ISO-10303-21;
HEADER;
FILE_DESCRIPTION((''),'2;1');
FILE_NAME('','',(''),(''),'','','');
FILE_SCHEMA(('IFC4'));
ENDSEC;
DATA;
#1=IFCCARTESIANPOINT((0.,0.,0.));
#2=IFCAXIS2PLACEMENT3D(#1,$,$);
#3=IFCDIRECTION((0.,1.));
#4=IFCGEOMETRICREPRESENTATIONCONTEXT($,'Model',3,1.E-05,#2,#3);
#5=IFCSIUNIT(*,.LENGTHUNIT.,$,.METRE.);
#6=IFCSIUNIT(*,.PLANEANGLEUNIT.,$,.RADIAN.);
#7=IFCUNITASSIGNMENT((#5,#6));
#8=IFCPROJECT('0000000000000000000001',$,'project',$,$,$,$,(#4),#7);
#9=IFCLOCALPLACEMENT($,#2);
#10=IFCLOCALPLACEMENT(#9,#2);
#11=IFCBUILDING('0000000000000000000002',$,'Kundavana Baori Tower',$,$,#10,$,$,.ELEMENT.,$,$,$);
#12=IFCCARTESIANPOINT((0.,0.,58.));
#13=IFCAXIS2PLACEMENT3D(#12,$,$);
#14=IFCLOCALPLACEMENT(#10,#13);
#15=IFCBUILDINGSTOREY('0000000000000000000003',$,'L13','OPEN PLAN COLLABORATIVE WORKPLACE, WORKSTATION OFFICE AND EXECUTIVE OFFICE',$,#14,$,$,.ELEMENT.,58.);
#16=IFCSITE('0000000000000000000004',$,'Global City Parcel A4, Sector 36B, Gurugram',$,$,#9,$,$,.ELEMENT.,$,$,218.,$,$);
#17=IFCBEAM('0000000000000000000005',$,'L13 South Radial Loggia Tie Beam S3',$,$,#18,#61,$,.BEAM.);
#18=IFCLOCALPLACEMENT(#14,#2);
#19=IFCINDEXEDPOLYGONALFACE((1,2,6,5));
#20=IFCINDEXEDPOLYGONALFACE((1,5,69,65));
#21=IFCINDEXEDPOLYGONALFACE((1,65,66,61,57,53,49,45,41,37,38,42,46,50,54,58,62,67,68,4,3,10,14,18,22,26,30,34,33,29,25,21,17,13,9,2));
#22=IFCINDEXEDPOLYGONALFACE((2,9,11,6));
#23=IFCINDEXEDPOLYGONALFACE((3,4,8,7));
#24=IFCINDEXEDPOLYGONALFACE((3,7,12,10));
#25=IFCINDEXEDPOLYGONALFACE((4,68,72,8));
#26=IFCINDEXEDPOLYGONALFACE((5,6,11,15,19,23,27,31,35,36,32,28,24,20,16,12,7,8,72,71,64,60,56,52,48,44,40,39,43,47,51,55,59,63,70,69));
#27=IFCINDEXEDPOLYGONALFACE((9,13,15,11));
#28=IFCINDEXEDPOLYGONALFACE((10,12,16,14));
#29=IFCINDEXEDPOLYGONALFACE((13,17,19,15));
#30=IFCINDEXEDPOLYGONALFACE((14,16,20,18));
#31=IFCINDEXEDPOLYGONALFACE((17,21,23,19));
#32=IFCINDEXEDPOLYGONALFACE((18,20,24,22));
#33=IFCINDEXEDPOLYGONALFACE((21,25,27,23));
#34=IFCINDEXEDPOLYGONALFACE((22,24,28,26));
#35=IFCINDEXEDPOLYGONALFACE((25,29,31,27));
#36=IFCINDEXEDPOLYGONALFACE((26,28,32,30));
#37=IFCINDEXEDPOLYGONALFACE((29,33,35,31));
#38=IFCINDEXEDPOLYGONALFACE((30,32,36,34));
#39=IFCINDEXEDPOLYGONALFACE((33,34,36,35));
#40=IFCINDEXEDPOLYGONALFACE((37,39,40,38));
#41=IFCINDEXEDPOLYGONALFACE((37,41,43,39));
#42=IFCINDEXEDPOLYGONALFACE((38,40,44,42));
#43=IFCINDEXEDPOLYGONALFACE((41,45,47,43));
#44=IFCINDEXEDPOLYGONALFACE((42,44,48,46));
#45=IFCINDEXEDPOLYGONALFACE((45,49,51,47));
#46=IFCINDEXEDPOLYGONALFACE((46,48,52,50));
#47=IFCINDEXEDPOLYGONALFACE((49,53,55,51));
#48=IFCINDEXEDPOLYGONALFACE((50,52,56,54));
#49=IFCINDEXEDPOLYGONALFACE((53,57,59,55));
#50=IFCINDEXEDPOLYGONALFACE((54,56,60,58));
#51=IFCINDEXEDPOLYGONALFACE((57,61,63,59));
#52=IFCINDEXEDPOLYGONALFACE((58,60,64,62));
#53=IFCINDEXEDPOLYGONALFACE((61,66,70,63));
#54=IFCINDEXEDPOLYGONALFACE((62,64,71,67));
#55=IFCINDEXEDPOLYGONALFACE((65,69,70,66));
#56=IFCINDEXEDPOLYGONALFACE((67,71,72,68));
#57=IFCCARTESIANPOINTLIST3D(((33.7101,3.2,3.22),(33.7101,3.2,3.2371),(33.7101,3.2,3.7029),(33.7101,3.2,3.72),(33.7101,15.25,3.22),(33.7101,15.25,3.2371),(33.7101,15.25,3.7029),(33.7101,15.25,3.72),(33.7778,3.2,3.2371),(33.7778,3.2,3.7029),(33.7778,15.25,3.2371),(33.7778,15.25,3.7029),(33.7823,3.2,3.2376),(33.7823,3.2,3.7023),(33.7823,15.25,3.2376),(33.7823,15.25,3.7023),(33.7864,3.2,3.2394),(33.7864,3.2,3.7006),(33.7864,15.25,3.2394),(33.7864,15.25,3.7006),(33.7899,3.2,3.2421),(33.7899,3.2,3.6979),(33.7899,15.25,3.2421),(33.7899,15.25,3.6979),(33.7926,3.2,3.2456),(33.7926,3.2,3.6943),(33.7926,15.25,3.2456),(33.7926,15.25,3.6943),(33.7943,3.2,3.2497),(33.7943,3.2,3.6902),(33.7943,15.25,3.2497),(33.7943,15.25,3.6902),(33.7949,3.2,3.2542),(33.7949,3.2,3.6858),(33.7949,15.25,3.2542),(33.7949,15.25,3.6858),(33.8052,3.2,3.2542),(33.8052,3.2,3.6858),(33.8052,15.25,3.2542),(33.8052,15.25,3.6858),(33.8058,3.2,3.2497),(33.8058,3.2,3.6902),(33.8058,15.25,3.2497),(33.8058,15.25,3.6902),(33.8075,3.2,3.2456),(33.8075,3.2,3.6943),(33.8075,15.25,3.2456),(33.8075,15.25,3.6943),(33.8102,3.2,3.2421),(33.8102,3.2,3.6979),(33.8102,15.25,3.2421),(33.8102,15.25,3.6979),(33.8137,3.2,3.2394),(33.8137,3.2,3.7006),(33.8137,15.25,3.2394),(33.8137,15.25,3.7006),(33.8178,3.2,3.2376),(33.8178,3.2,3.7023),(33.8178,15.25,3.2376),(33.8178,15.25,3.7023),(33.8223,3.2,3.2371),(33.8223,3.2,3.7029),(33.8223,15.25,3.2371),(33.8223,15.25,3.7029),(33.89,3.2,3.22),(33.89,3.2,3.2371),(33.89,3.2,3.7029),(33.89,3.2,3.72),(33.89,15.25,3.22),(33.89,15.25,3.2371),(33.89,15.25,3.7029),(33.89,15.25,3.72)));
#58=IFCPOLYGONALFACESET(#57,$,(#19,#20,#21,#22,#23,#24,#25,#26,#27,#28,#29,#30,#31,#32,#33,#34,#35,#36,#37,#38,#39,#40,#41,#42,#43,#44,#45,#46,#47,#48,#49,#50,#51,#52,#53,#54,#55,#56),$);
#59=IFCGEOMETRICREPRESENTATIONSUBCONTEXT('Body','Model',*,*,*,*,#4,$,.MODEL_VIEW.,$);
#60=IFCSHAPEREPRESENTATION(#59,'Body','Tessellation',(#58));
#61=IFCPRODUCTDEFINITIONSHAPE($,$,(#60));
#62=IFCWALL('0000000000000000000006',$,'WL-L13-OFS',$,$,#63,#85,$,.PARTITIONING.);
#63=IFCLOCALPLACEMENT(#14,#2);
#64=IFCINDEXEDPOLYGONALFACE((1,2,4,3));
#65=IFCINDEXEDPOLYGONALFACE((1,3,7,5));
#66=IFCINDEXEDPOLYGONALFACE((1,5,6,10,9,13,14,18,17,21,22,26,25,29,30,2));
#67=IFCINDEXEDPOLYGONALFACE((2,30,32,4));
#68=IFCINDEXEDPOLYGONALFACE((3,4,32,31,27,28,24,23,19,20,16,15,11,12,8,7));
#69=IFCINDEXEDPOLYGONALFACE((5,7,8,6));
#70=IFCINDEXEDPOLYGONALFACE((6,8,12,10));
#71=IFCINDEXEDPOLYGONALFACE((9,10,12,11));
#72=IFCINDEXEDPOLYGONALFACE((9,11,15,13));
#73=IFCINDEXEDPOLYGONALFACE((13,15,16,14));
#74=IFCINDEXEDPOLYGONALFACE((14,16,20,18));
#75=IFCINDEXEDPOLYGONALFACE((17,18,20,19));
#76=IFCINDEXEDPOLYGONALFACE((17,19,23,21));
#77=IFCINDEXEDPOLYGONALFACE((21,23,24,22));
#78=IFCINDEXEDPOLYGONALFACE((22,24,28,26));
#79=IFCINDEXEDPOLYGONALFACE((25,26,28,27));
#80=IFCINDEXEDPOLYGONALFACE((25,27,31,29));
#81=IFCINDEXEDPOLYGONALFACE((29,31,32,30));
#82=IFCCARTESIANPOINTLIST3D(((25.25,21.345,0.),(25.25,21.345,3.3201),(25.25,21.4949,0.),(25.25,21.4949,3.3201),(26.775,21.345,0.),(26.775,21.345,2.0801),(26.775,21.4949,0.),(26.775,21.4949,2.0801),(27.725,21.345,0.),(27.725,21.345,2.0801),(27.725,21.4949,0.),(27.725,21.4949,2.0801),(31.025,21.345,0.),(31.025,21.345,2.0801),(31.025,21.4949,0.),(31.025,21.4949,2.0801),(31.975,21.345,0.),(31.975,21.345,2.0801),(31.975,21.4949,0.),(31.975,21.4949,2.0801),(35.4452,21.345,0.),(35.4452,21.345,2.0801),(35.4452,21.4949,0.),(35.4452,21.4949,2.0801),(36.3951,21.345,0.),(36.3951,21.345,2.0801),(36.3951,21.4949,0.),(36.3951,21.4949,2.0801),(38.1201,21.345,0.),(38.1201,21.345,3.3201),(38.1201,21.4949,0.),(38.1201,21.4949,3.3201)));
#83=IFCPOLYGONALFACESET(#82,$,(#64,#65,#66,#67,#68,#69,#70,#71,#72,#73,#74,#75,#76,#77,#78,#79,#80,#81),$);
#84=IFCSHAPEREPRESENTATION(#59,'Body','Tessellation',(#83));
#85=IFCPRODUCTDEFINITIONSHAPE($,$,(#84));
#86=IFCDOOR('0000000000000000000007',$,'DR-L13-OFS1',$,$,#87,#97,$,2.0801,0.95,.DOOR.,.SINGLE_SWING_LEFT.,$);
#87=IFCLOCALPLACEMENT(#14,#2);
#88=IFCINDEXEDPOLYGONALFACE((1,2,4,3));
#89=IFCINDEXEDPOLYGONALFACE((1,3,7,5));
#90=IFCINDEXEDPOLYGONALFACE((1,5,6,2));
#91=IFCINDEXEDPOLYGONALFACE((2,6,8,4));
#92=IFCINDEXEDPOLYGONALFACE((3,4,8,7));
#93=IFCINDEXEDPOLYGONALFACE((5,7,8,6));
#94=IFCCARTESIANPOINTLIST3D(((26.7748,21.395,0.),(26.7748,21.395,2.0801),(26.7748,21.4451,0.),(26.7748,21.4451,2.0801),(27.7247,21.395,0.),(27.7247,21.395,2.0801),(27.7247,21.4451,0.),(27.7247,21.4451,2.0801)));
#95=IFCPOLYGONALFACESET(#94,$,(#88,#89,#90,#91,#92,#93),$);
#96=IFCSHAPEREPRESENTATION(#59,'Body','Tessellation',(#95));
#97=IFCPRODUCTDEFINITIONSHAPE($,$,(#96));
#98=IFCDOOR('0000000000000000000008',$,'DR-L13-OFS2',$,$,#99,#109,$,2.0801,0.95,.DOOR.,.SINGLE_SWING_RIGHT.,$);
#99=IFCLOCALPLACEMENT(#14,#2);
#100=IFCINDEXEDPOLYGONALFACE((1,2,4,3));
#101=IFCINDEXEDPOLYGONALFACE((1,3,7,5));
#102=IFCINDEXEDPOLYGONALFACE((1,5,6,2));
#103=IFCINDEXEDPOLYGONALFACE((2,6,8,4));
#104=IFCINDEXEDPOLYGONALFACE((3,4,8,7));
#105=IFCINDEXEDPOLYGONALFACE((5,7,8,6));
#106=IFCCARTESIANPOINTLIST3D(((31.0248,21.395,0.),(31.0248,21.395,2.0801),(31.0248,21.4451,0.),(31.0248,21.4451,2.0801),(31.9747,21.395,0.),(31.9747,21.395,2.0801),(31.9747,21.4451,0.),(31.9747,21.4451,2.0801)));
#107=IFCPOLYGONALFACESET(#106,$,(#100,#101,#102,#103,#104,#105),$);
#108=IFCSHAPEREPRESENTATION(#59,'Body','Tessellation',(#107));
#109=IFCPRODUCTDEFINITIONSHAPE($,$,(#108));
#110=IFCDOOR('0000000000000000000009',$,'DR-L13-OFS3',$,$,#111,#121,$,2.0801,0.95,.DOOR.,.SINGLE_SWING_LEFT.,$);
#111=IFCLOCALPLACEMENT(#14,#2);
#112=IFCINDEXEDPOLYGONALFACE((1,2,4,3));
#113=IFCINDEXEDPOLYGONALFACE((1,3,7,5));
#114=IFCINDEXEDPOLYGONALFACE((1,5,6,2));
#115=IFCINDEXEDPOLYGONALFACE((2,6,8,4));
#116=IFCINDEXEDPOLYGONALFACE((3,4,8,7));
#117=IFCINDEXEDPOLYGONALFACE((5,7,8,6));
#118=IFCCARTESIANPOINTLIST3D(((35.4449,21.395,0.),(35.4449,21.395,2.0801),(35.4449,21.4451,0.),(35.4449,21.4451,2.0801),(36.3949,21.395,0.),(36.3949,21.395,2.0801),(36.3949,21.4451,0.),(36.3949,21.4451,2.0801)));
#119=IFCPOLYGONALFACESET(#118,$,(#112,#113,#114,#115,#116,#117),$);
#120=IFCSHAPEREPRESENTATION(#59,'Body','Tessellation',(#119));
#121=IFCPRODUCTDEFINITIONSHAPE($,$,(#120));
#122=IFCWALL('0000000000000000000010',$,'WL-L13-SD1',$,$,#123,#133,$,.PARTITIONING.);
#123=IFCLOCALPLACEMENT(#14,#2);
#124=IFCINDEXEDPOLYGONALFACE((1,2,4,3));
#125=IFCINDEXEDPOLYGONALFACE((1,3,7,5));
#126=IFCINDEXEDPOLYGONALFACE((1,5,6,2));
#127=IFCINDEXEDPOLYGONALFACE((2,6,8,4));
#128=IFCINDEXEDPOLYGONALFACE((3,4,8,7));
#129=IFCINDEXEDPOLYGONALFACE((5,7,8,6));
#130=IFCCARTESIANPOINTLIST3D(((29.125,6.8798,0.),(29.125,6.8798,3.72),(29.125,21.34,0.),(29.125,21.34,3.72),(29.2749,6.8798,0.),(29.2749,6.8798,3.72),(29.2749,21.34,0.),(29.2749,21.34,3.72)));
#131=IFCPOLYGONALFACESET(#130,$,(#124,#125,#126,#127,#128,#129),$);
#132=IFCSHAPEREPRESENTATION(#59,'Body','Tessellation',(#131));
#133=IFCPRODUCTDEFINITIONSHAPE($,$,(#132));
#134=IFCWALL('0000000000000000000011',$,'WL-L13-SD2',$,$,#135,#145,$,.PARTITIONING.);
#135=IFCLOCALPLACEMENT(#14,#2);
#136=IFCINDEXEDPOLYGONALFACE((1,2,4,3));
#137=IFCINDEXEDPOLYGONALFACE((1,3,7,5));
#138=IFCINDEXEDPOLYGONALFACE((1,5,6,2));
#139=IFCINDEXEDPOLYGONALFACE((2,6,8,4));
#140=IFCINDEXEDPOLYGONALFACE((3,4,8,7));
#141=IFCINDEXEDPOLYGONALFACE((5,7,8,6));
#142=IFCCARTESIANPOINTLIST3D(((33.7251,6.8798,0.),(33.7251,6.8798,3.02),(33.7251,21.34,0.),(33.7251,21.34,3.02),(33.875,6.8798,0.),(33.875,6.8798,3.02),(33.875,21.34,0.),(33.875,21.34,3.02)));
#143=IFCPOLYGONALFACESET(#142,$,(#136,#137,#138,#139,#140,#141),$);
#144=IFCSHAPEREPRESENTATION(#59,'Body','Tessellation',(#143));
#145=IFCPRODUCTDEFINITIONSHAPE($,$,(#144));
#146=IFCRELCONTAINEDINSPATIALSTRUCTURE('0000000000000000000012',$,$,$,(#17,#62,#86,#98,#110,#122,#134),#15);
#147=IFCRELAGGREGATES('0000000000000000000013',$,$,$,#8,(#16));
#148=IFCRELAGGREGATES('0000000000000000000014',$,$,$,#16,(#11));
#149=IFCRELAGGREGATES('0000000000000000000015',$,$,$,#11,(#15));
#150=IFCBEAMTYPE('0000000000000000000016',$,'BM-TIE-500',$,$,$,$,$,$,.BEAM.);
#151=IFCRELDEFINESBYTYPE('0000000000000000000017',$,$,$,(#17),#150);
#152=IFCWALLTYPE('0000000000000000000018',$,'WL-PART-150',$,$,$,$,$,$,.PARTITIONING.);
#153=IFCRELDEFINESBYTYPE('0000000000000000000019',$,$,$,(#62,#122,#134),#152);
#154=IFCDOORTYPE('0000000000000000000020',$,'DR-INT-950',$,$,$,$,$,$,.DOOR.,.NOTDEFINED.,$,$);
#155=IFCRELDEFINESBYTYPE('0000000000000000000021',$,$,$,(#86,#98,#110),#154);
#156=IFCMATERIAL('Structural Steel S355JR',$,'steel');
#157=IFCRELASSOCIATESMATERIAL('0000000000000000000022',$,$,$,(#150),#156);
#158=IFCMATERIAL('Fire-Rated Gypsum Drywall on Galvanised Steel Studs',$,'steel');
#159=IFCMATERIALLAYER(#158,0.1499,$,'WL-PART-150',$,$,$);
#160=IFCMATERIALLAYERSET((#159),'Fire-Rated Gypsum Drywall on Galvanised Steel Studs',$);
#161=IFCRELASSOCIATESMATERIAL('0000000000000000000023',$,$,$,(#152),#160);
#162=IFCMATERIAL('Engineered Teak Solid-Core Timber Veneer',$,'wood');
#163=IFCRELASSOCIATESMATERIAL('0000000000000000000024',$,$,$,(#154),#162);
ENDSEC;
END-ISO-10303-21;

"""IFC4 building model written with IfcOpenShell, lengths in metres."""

from ifc_helpers import new_model, si_unit, direction, frame, frame_2d, origin, origin_2d, place, context, subcontext, project, spatial, rectangle, i_section, extrude, material, layer, layer_set, material_profile, profile_set, type_object, element, fill, save


model = new_model("IFC4")

# Units and contexts
model_context = context("Model", 3, precision=1e-05, world=origin(), true_north=direction((0.0, 1.0)))
body_context = subcontext(model_context, "Body", "Model", "MODEL_VIEW")
ifc_project = project(units=[si_unit("LENGTHUNIT", "METRE"), si_unit("PLANEANGLEUNIT", "RADIAN")], contexts=[model_context])

# Site, building, storey
site_placement = place(None, origin())
site = spatial("IfcSite", under=ifc_project, at=site_placement, Name="Global City Parcel A4, Sector 36B, Gurugram", CompositionType="ELEMENT", RefElevation=218.0)
building_placement = place(site_placement, origin())
building = spatial("IfcBuilding", under=site, at=building_placement, Name="Kundavana Baori Tower", CompositionType="ELEMENT")
storey_placement = place(building_placement, frame((0.0, 0.0, 58.0)))
storey = spatial("IfcBuildingStorey", under=building, at=storey_placement, Name="L13", Description="OPEN PLAN COLLABORATIVE WORKPLACE, WORKSTATION OFFICE AND EXECUTIVE OFFICE", CompositionType="ELEMENT", Elevation=58.0)

# Beam
ifc_material_1 = material(Name="Structural Steel S355JR", Category="steel")
ifc_material_profile_1 = material_profile(ifc_material_1, i_section(OverallWidth=0.1799, OverallDepth=0.5, WebThickness=0.0103, FlangeThickness=0.0171, FilletRadius=0.0171, at=origin_2d()), Name="ISMB 500")
ifc_profile_set_1 = profile_set([ifc_material_profile_1], Name="Structural Steel S355JR")
beam_type_1 = type_object("IfcBeamType", Name="BM-TIE-500", PredefinedType="BEAM", material=ifc_profile_set_1)
for number, where, z_axis, x_axis, name in (
    (1, (33.8, 15.25, 3.47), (0.0, -1.0, 0.0), (1.0, 0.0, 0.0), "L13 South Radial Loggia Tie Beam S3"),
):
    element("IfcBeam", number, at=place(storey_placement, frame(where, z_axis=z_axis, x_axis=x_axis)), inside=storey, type_object=beam_type_1, Name=name, PredefinedType="BEAM", context=body_context, shape_type="SweptSolid", body=[
        extrude(i_section(OverallWidth=0.1799, OverallDepth=0.5, WebThickness=0.0103, FlangeThickness=0.0171, FilletRadius=0.0171, at=origin_2d()), origin(), (0.0, 0.0, 1.0), 12.05),
    ])

# Wall, openings, doors
ifc_material_2 = material(Name="Fire-Rated Gypsum Drywall on Galvanised Steel Studs", Category="steel")
ifc_layer = layer(ifc_material_2, 0.1499, Name="WL-PART-150")
ifc_layer_set = layer_set([ifc_layer], Name="Fire-Rated Gypsum Drywall on Galvanised Steel Studs")
wall_type = type_object("IfcWallType", Name="WL-PART-150", PredefinedType="PARTITIONING", material=ifc_layer_set)
wall_1_placement = place(storey_placement, frame((25.25, 21.4199, 0.0), z_axis=(0.0, 0.0, 1.0), x_axis=(1.0, 0.0, 0.0)))
wall_1 = element("IfcWall", 2, at=wall_1_placement, inside=storey, type_object=wall_type, Name="WL-L13-OFS", PredefinedType="PARTITIONING", context=body_context, shape_type="SweptSolid", body=[
    extrude(rectangle(XDim=12.8701, YDim=0.1499, at=frame_2d((6.4351, 0.0))), origin(), (0.0, 0.0, 1.0), 3.3201),
])
opening_1_placement = place(wall_1_placement, frame((1.5249, 0.0, 0.0)))
opening_1 = element("IfcOpeningElement", 3, at=opening_1_placement, cuts=wall_1, PredefinedType="OPENING", context=body_context, shape_type="SweptSolid", body=[
    extrude(rectangle(XDim=0.95, YDim=2.0801, at=frame_2d((0.4751, 1.04))), frame((0.0, 0.085, 0.0), z_axis=(0.0, -1.0, 0.0), x_axis=(1.0, 0.0, 0.0)), (0.0, 0.0, 1.0), 0.1699),
])
opening_2_placement = place(wall_1_placement, frame((5.7749, 0.0, 0.0)))
opening_2 = element("IfcOpeningElement", 4, at=opening_2_placement, cuts=wall_1, PredefinedType="OPENING", context=body_context, shape_type="SweptSolid", body=[
    extrude(rectangle(XDim=0.95, YDim=2.0801, at=frame_2d((0.4751, 1.04))), frame((0.0, 0.085, 0.0), z_axis=(0.0, -1.0, 0.0), x_axis=(1.0, 0.0, 0.0)), (0.0, 0.0, 1.0), 0.1699),
])
opening_3_placement = place(wall_1_placement, frame((10.1951, 0.0, 0.0)))
opening_3 = element("IfcOpeningElement", 5, at=opening_3_placement, cuts=wall_1, PredefinedType="OPENING", context=body_context, shape_type="SweptSolid", body=[
    extrude(rectangle(XDim=0.95, YDim=2.0801, at=frame_2d((0.4751, 1.04))), frame((0.0, 0.085, 0.0), z_axis=(0.0, -1.0, 0.0), x_axis=(1.0, 0.0, 0.0)), (0.0, 0.0, 1.0), 0.1699),
])
ifc_material_3 = material(Name="Engineered Teak Solid-Core Timber Veneer", Category="wood")
door_type = type_object("IfcDoorType", Name="DR-INT-950", OperationType="NOTDEFINED", PredefinedType="DOOR", material=ifc_material_3)
door_1_placement = place(opening_1_placement, frame((0.95, 0.0, 0.0), z_axis=(0.0, 0.0, 1.0), x_axis=(-1.0, 0.0, 0.0)))
door_1 = element("IfcDoor", 6, at=door_1_placement, inside=storey, type_object=door_type, Name="DR-L13-OFS1", OperationType="SINGLE_SWING_LEFT", OverallHeight=2.0801, OverallWidth=0.95, PredefinedType="DOOR", context=body_context, shape_type="SweptSolid", body=[
    extrude(rectangle(XDim=0.95, YDim=2.0801, at=frame_2d((0.4751, 1.04))), frame((0.0, 0.0249, 0.0), z_axis=(0.0, -1.0, 0.0), x_axis=(1.0, 0.0, 0.0)), (0.0, 0.0, 1.0), 0.05),
])
fill(opening_1, door_1)
door_2_placement = place(opening_2_placement, frame((0.95, 0.0, 0.0), z_axis=(0.0, 0.0, 1.0), x_axis=(-1.0, 0.0, 0.0)))
door_2 = element("IfcDoor", 7, at=door_2_placement, inside=storey, type_object=door_type, Name="DR-L13-OFS2", OperationType="SINGLE_SWING_RIGHT", OverallHeight=2.0801, OverallWidth=0.95, PredefinedType="DOOR", context=body_context, shape_type="SweptSolid", body=[
    extrude(rectangle(XDim=0.95, YDim=2.0801, at=frame_2d((0.4751, 1.04))), frame((0.0, 0.0249, 0.0), z_axis=(0.0, -1.0, 0.0), x_axis=(1.0, 0.0, 0.0)), (0.0, 0.0, 1.0), 0.05),
])
fill(opening_2, door_2)
door_3_placement = place(opening_3_placement, frame((0.95, 0.0, 0.0), z_axis=(0.0, 0.0, 1.0), x_axis=(-1.0, 0.0, 0.0)))
door_3 = element("IfcDoor", 8, at=door_3_placement, inside=storey, type_object=door_type, Name="DR-L13-OFS3", OperationType="SINGLE_SWING_LEFT", OverallHeight=2.0801, OverallWidth=0.95, PredefinedType="DOOR", context=body_context, shape_type="SweptSolid", body=[
    extrude(rectangle(XDim=0.95, YDim=2.0801, at=frame_2d((0.4751, 1.04))), frame((0.0, 0.0249, 0.0), z_axis=(0.0, -1.0, 0.0), x_axis=(1.0, 0.0, 0.0)), (0.0, 0.0, 1.0), 0.05),
])
fill(opening_3, door_3)

# Walls
wall_2_placement = place(storey_placement, frame((29.2, 6.8799, 0.0), z_axis=(0.0, 0.0, 1.0), x_axis=(0.0, 1.0, 0.0)))
element("IfcWall", 9, at=wall_2_placement, inside=storey, type_object=wall_type, Name="WL-L13-SD1", PredefinedType="PARTITIONING", context=body_context, shape_type="SweptSolid", body=[
    extrude(rectangle(XDim=14.4602, YDim=0.1499, at=frame_2d((7.23, 0.0))), origin(), (0.0, 0.0, 1.0), 3.72),
])
wall_3_placement = place(storey_placement, frame((33.8, 6.8799, 0.0), z_axis=(0.0, 0.0, 1.0), x_axis=(0.0, 1.0, 0.0)))
element("IfcWall", 10, at=wall_3_placement, inside=storey, type_object=wall_type, Name="WL-L13-SD2", PredefinedType="PARTITIONING", context=body_context, shape_type="SweptSolid", body=[
    extrude(rectangle(XDim=14.4602, YDim=0.1499, at=frame_2d((7.23, 0.0))), origin(), (0.0, 0.0, 1.0), 3.02),
])

save(model, "model.ifc")
